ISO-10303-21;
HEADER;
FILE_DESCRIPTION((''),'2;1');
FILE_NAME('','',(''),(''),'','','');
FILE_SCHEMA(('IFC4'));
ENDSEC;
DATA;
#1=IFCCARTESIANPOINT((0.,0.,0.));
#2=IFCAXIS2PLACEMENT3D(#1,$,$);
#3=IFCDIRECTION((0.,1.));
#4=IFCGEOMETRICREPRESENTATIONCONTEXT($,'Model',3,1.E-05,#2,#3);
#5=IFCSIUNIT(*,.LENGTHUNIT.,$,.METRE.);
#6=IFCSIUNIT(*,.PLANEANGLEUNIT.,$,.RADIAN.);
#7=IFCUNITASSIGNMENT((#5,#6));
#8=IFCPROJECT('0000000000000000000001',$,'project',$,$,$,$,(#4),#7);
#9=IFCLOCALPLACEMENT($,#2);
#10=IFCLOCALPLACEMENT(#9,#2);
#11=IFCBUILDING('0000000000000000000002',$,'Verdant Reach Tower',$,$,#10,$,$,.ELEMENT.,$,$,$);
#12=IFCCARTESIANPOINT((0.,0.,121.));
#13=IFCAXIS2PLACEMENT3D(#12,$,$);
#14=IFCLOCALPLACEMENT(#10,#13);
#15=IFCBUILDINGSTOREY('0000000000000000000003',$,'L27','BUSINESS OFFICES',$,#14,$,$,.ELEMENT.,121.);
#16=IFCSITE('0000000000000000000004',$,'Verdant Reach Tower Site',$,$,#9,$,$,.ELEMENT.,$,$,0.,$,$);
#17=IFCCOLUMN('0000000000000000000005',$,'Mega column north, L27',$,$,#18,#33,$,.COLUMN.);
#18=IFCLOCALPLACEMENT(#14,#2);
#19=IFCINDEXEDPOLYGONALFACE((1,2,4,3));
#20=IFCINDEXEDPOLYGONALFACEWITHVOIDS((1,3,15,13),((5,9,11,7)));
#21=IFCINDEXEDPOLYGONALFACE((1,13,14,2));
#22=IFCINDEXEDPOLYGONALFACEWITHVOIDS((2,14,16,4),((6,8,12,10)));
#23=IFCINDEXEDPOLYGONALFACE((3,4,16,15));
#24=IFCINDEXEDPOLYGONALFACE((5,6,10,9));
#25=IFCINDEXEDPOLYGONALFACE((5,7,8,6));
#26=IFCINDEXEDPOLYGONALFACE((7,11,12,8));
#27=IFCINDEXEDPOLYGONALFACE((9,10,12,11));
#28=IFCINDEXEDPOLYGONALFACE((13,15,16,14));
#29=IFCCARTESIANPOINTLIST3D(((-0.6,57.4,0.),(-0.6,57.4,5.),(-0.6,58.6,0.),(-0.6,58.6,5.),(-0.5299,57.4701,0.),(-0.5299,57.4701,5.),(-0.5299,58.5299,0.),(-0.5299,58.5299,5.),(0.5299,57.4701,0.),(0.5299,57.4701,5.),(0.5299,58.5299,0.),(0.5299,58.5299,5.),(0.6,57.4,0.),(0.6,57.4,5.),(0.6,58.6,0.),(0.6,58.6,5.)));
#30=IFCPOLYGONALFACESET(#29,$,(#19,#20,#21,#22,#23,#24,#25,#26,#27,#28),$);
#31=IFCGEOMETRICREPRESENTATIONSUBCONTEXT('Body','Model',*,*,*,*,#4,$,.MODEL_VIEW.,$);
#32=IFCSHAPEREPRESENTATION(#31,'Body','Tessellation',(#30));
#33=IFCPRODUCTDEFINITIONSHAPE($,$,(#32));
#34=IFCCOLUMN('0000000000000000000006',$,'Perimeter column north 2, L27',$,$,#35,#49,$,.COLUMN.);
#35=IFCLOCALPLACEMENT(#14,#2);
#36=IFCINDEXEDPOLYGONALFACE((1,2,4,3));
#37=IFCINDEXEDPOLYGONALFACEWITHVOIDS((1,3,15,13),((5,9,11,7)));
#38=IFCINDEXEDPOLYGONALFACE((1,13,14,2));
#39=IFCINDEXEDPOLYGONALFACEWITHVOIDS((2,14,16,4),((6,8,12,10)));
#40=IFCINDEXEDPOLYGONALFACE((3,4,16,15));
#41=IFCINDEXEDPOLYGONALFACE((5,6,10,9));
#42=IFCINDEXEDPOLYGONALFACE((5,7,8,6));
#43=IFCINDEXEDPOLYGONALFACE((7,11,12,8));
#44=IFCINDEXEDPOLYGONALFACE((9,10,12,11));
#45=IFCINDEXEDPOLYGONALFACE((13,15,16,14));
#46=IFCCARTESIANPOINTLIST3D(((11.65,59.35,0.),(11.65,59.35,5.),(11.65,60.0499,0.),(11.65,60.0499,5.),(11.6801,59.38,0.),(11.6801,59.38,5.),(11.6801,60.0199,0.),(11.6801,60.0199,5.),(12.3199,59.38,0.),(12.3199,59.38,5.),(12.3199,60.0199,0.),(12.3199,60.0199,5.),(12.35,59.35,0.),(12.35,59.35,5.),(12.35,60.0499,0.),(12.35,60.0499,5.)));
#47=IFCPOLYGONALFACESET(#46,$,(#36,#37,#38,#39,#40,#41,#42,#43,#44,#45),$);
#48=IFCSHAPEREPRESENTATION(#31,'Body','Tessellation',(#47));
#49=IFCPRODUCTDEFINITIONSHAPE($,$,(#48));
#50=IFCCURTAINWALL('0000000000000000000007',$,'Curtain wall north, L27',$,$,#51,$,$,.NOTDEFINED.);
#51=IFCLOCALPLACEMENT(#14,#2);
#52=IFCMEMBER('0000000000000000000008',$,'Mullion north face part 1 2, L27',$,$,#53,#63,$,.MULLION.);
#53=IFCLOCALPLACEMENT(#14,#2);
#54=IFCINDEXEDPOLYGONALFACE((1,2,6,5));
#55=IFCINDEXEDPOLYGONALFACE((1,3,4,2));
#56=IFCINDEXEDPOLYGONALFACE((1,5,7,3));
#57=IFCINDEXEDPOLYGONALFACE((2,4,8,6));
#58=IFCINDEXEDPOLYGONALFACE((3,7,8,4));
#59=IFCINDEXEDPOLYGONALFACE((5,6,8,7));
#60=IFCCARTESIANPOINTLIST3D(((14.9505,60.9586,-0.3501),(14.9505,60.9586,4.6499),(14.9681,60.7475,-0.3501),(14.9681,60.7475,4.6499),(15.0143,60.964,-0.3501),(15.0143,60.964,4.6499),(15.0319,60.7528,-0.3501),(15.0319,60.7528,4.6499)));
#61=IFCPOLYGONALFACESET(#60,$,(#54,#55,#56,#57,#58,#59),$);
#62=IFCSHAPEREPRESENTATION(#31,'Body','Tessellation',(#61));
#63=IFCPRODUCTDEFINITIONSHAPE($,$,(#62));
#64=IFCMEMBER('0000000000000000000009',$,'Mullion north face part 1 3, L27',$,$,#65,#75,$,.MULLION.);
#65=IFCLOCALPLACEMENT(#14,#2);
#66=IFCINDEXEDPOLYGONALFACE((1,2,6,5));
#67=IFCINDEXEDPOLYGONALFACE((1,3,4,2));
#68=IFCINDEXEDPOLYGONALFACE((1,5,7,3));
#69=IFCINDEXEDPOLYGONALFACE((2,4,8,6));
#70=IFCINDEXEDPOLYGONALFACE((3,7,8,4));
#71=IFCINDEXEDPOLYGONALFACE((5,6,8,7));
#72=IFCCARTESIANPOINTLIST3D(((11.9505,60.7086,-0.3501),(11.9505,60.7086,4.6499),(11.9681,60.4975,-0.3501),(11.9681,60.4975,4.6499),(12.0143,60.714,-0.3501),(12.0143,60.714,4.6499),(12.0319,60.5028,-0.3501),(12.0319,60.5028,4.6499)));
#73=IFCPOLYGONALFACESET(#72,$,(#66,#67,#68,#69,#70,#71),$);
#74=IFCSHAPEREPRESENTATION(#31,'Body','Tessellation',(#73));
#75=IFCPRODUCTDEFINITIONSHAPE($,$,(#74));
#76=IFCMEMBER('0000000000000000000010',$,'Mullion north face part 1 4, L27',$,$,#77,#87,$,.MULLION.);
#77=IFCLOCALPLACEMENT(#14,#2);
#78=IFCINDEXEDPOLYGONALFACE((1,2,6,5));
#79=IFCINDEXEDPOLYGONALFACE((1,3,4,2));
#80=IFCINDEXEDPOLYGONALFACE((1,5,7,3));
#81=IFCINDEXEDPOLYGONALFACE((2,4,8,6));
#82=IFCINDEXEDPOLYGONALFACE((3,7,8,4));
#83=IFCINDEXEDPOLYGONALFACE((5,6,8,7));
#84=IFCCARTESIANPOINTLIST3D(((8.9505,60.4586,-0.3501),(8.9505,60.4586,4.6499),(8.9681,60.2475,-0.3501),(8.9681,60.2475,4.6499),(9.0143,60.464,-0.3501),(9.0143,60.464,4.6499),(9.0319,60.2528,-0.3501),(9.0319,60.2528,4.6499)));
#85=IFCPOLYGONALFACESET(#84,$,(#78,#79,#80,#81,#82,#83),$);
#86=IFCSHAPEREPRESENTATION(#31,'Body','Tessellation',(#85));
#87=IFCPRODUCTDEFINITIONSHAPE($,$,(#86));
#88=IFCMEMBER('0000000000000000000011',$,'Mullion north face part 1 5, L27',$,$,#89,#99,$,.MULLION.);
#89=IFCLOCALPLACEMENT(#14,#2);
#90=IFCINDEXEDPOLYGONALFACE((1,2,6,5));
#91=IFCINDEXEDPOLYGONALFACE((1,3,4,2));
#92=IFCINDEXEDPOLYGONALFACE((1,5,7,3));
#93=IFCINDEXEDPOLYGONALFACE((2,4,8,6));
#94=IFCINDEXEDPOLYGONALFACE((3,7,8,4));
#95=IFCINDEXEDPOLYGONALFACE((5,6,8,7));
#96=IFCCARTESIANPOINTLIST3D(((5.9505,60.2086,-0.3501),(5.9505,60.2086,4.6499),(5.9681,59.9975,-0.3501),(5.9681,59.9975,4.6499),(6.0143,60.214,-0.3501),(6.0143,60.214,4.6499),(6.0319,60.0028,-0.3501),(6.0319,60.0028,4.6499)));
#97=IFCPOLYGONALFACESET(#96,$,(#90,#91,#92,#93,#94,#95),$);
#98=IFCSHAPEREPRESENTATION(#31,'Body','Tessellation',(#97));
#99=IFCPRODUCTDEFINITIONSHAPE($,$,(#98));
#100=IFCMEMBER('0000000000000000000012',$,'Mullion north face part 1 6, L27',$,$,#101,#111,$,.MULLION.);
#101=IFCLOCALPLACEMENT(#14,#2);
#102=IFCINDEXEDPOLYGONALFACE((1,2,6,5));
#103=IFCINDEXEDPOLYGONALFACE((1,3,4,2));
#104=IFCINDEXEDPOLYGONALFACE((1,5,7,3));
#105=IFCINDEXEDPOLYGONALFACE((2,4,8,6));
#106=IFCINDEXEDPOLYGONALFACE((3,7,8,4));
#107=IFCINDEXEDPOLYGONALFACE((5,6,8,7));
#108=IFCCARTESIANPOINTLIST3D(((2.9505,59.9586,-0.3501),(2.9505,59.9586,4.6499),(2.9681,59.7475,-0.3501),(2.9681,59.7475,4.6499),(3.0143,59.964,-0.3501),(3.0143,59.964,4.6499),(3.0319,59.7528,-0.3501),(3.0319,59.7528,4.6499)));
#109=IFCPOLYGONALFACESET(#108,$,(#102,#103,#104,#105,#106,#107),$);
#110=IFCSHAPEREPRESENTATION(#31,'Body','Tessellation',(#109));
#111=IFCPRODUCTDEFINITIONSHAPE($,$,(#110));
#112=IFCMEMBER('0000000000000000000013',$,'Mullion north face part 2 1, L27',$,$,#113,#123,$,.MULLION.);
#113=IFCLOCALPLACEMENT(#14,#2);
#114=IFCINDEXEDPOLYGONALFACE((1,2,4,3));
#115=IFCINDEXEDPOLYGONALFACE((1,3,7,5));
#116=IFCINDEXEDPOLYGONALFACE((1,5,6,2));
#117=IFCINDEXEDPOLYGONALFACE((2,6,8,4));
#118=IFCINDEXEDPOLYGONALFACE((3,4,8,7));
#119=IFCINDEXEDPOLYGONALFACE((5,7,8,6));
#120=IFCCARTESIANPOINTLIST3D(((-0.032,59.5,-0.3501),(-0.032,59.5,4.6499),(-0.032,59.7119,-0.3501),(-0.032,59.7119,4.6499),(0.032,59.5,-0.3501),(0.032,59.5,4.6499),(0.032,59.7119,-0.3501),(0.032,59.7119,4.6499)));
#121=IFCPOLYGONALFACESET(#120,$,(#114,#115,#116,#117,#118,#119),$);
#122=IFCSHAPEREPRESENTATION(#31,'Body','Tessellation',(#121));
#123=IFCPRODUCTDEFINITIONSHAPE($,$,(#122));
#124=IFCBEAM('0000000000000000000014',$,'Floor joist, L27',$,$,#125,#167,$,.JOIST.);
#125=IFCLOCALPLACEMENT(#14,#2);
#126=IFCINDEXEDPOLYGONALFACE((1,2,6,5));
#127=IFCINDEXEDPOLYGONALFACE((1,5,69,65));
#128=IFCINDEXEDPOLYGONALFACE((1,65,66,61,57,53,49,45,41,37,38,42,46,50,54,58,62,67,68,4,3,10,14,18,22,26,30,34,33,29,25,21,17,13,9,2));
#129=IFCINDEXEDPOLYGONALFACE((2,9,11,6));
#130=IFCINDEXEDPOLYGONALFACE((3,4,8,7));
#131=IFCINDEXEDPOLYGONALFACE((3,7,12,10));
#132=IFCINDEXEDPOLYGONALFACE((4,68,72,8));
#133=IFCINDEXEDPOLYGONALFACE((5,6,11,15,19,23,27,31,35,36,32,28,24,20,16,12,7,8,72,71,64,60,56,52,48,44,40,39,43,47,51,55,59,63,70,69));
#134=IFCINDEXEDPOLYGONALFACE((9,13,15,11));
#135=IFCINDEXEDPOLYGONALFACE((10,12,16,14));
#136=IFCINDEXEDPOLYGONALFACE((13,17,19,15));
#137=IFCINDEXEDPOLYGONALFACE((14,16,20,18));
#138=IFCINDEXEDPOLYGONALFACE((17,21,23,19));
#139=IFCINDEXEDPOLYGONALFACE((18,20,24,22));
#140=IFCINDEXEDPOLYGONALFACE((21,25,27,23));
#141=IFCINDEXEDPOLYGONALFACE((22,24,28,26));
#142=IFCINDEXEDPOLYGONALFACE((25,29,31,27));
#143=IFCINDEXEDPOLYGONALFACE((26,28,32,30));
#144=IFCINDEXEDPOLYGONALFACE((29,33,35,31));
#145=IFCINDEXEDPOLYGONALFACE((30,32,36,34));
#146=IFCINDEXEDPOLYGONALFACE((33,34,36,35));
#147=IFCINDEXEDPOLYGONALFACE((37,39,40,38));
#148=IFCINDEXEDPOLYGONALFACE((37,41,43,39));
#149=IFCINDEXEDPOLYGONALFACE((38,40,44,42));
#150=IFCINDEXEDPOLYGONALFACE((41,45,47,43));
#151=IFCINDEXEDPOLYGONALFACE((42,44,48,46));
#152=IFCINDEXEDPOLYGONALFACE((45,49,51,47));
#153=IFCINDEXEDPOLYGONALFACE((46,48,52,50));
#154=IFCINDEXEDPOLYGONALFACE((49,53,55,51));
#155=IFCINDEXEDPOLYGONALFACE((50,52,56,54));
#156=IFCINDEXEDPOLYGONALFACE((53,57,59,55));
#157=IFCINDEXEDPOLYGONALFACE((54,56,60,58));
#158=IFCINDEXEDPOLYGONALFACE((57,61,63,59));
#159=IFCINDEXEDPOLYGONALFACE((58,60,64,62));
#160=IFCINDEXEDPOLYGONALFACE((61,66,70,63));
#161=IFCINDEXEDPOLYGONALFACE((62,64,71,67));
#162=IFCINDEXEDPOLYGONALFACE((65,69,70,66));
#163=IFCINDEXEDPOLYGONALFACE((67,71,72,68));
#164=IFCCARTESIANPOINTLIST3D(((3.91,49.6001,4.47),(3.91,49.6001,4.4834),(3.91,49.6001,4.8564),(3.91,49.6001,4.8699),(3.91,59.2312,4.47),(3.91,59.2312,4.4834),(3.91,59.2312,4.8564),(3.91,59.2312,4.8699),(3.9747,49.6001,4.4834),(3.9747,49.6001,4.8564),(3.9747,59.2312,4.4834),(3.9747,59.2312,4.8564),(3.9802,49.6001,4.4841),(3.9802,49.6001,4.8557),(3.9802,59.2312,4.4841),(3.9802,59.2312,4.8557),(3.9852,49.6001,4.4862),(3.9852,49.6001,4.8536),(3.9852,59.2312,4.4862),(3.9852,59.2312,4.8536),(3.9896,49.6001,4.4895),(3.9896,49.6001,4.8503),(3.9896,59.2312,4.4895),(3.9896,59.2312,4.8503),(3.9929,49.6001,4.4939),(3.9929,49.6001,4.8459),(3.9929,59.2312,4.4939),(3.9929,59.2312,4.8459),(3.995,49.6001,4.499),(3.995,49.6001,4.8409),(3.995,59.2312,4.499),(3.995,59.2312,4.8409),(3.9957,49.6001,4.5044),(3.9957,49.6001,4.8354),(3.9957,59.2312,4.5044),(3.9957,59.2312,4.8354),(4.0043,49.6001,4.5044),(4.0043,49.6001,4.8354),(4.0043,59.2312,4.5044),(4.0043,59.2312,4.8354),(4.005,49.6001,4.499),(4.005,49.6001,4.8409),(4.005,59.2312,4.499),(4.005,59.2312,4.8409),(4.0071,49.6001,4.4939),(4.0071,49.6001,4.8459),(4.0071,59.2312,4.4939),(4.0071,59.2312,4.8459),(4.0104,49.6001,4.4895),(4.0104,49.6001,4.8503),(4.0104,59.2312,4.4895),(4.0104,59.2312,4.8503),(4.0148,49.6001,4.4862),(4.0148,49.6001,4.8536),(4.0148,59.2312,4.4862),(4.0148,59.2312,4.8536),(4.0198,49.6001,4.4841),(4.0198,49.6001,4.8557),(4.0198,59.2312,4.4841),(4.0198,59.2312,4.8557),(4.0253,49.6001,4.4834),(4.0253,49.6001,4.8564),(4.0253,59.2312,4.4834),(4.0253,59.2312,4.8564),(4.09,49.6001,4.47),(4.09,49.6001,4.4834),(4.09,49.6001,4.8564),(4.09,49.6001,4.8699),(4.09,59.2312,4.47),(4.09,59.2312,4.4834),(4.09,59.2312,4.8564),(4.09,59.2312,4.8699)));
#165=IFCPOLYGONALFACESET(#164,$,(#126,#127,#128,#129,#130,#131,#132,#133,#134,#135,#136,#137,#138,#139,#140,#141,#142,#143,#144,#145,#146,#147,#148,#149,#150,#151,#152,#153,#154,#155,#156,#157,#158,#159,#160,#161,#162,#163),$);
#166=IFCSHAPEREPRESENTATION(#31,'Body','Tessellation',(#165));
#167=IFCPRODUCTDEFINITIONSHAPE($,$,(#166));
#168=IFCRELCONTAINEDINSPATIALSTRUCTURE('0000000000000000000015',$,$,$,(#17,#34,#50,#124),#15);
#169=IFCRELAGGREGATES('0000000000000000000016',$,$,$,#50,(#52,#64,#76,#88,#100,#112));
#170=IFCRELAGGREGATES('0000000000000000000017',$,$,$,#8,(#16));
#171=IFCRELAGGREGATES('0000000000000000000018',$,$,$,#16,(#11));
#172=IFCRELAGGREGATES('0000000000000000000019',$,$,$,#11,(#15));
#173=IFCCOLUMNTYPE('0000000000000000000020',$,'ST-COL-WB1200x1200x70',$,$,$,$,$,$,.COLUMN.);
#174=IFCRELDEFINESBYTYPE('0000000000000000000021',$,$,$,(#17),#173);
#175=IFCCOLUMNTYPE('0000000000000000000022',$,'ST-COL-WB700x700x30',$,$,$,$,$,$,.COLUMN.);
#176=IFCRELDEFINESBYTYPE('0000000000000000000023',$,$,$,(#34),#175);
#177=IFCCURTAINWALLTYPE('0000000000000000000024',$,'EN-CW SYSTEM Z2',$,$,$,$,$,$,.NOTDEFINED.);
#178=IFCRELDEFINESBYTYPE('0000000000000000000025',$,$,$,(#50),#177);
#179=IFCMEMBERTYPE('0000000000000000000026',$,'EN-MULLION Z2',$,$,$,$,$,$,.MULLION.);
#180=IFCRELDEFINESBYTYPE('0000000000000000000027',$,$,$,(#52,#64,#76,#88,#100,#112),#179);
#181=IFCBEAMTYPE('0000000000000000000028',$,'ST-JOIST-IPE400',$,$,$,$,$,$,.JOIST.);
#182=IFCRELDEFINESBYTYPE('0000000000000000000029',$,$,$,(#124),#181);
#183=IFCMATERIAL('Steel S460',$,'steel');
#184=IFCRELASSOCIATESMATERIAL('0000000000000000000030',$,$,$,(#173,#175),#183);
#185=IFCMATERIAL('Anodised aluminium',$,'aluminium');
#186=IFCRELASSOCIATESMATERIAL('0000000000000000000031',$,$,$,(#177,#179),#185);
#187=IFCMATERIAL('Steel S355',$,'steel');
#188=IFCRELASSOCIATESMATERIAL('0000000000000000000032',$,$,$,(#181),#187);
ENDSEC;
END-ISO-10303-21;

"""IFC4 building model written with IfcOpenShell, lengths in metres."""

from ifc_helpers import new_model, si_unit, direction, frame, origin, origin_2d, place, context, subcontext, project, spatial, rectangle, hollow_rectangle, i_section, extrude, material, material_profile, profile_set, type_object, element, aggregate, save


model = new_model("IFC4")

# Units and contexts
model_context = context("Model", 3, precision=1e-05, world=origin(), true_north=direction((0.0, 1.0)))
body_context = subcontext(model_context, "Body", "Model", "MODEL_VIEW")
ifc_project = project(units=[si_unit("LENGTHUNIT", "METRE"), si_unit("PLANEANGLEUNIT", "RADIAN")], contexts=[model_context])

# Site, building, storey
site_placement = place(None, origin())
site = spatial("IfcSite", under=ifc_project, at=site_placement, Name="Verdant Reach Tower Site", CompositionType="ELEMENT", RefElevation=0.0)
building_placement = place(site_placement, origin())
building = spatial("IfcBuilding", under=site, at=building_placement, Name="Verdant Reach Tower", CompositionType="ELEMENT")
storey_placement = place(building_placement, frame((0.0, 0.0, 121.0)))
storey = spatial("IfcBuildingStorey", under=building, at=storey_placement, Name="L27", Description="BUSINESS OFFICES", CompositionType="ELEMENT", Elevation=121.0)

# Columns
ifc_material_1 = material(Name="Steel S460", Category="steel")
ifc_material_profile_1 = material_profile(ifc_material_1, hollow_rectangle(XDim=1.2, YDim=1.2, WallThickness=0.0701, at=origin_2d()), Name="WB 1200x1200x70")
ifc_profile_set_1 = profile_set([ifc_material_profile_1], Name="Steel S460")
column_type_1 = type_object("IfcColumnType", Name="ST-COL-WB1200x1200x70", PredefinedType="COLUMN", material=ifc_profile_set_1)
column_1_placement = place(storey_placement, frame((0.0, 58.0, 0.0), z_axis=(0.0, 0.0, 1.0), x_axis=(1.0, 0.0, 0.0)))
element("IfcColumn", 1, at=column_1_placement, inside=storey, type_object=column_type_1, Name="Mega column north, L27", PredefinedType="COLUMN", context=body_context, shape_type="SweptSolid", body=[
    extrude(hollow_rectangle(XDim=1.2, YDim=1.2, WallThickness=0.0701, at=origin_2d()), origin(), (0.0, 0.0, 1.0), 5.0),
])
ifc_material_profile_2 = material_profile(ifc_material_1, hollow_rectangle(XDim=0.7, YDim=0.7, WallThickness=0.03, at=origin_2d()), Name="WB 700x700x30")
ifc_profile_set_2 = profile_set([ifc_material_profile_2], Name="Steel S460")
column_type_2 = type_object("IfcColumnType", Name="ST-COL-WB700x700x30", PredefinedType="COLUMN", material=ifc_profile_set_2)
column_2_placement = place(storey_placement, frame((12.0, 59.7, 0.0), z_axis=(0.0, 0.0, 1.0), x_axis=(1.0, 0.0, 0.0)))
element("IfcColumn", 2, at=column_2_placement, inside=storey, type_object=column_type_2, Name="Perimeter column north 2, L27", PredefinedType="COLUMN", context=body_context, shape_type="SweptSolid", body=[
    extrude(hollow_rectangle(XDim=0.7, YDim=0.7, WallThickness=0.03, at=origin_2d()), origin(), (0.0, 0.0, 1.0), 5.0),
])

# Curtain wall, members
ifc_material_2 = material(Name="Anodised aluminium", Category="aluminium")
curtain_wall_type = type_object("IfcCurtainWallType", Name="EN-CW SYSTEM Z2", PredefinedType="NOTDEFINED", material=ifc_material_2)
curtain_wall_placement = place(storey_placement, origin())
curtain_wall = element("IfcCurtainWall", 3, at=curtain_wall_placement, inside=storey, type_object=curtain_wall_type, Name="Curtain wall north, L27", PredefinedType="NOTDEFINED")
ifc_material_profile_3 = material_profile(ifc_material_2, rectangle(XDim=0.2119, YDim=0.064, at=origin_2d()), Name="Mullion 64x212")
ifc_profile_set_3 = profile_set([ifc_material_profile_3], Name="Anodised aluminium")
member_type = type_object("IfcMemberType", Name="EN-MULLION Z2", PredefinedType="MULLION", material=ifc_profile_set_3)
member_1_placement = place(storey_placement, frame((14.9912, 60.8557, -0.3501), z_axis=(0.0, 0.0, 1.0), x_axis=(-0.083045, 0.996546, 0.0)))
member_1 = element("IfcMember", 4, at=member_1_placement, type_object=member_type, Name="Mullion north face part 1 2, L27", PredefinedType="MULLION", context=body_context, shape_type="SweptSolid", body=[
    extrude(rectangle(XDim=0.2119, YDim=0.064, at=origin_2d()), origin(), (0.0, 0.0, 1.0), 5.0),
])
member_2_placement = place(storey_placement, frame((11.9912, 60.6057, -0.3501), z_axis=(0.0, 0.0, 1.0), x_axis=(-0.083045, 0.996546, 0.0)))
member_2 = element("IfcMember", 5, at=member_2_placement, type_object=member_type, Name="Mullion north face part 1 3, L27", PredefinedType="MULLION", context=body_context, shape_type="SweptSolid", body=[
    extrude(rectangle(XDim=0.2119, YDim=0.064, at=origin_2d()), origin(), (0.0, 0.0, 1.0), 5.0),
])
member_3_placement = place(storey_placement, frame((8.9912, 60.3557, -0.3501), z_axis=(0.0, 0.0, 1.0), x_axis=(-0.083045, 0.996546, 0.0)))
member_3 = element("IfcMember", 6, at=member_3_placement, type_object=member_type, Name="Mullion north face part 1 4, L27", PredefinedType="MULLION", context=body_context, shape_type="SweptSolid", body=[
    extrude(rectangle(XDim=0.2119, YDim=0.064, at=origin_2d()), origin(), (0.0, 0.0, 1.0), 5.0),
])
member_4_placement = place(storey_placement, frame((5.9912, 60.1057, -0.3501), z_axis=(0.0, 0.0, 1.0), x_axis=(-0.083045, 0.996546, 0.0)))
member_4 = element("IfcMember", 7, at=member_4_placement, type_object=member_type, Name="Mullion north face part 1 5, L27", PredefinedType="MULLION", context=body_context, shape_type="SweptSolid", body=[
    extrude(rectangle(XDim=0.2119, YDim=0.064, at=origin_2d()), origin(), (0.0, 0.0, 1.0), 5.0),
])
member_5_placement = place(storey_placement, frame((2.9912, 59.8557, -0.3501), z_axis=(0.0, 0.0, 1.0), x_axis=(-0.083045, 0.996546, 0.0)))
member_5 = element("IfcMember", 8, at=member_5_placement, type_object=member_type, Name="Mullion north face part 1 6, L27", PredefinedType="MULLION", context=body_context, shape_type="SweptSolid", body=[
    extrude(rectangle(XDim=0.2119, YDim=0.064, at=origin_2d()), origin(), (0.0, 0.0, 1.0), 5.0),
])
member_6_placement = place(storey_placement, frame((0.0, 59.606, -0.3501), z_axis=(0.0, 0.0, 1.0), x_axis=(0.0, 1.0, 0.0)))
member_6 = element("IfcMember", 9, at=member_6_placement, type_object=member_type, Name="Mullion north face part 2 1, L27", PredefinedType="MULLION", context=body_context, shape_type="SweptSolid", body=[
    extrude(rectangle(XDim=0.2119, YDim=0.064, at=origin_2d()), origin(), (0.0, 0.0, 1.0), 5.0),
])

# Beam
ifc_material_3 = material(Name="Steel S355", Category="steel")
ifc_material_profile_4 = material_profile(ifc_material_3, i_section(OverallWidth=0.1799, OverallDepth=0.3999, WebThickness=0.0085, FlangeThickness=0.0134, FilletRadius=0.021, at=origin_2d()), Name="IPE 400")
ifc_profile_set_4 = profile_set([ifc_material_profile_4], Name="Steel S355")
beam_type_1 = type_object("IfcBeamType", Name="ST-JOIST-IPE400", PredefinedType="JOIST", material=ifc_profile_set_4)
beam_1_placement = place(storey_placement, frame((4.0, 49.6001, 4.6699), z_axis=(0.0, 1.0, 0.0), x_axis=(-1.0, 0.0, 0.0)))
element("IfcBeam", 10, at=beam_1_placement, inside=storey, type_object=beam_type_1, Name="Floor joist, L27", PredefinedType="JOIST", context=body_context, shape_type="SweptSolid", body=[
    extrude(i_section(OverallWidth=0.1799, OverallDepth=0.3999, WebThickness=0.0085, FlangeThickness=0.0134, FilletRadius=0.021, at=origin_2d()), origin(), (0.0, 0.0, 1.0), 9.6311),
])

aggregate(curtain_wall, [member_1, member_2, member_3, member_4, member_5, member_6])

save(model, "model.ifc")
